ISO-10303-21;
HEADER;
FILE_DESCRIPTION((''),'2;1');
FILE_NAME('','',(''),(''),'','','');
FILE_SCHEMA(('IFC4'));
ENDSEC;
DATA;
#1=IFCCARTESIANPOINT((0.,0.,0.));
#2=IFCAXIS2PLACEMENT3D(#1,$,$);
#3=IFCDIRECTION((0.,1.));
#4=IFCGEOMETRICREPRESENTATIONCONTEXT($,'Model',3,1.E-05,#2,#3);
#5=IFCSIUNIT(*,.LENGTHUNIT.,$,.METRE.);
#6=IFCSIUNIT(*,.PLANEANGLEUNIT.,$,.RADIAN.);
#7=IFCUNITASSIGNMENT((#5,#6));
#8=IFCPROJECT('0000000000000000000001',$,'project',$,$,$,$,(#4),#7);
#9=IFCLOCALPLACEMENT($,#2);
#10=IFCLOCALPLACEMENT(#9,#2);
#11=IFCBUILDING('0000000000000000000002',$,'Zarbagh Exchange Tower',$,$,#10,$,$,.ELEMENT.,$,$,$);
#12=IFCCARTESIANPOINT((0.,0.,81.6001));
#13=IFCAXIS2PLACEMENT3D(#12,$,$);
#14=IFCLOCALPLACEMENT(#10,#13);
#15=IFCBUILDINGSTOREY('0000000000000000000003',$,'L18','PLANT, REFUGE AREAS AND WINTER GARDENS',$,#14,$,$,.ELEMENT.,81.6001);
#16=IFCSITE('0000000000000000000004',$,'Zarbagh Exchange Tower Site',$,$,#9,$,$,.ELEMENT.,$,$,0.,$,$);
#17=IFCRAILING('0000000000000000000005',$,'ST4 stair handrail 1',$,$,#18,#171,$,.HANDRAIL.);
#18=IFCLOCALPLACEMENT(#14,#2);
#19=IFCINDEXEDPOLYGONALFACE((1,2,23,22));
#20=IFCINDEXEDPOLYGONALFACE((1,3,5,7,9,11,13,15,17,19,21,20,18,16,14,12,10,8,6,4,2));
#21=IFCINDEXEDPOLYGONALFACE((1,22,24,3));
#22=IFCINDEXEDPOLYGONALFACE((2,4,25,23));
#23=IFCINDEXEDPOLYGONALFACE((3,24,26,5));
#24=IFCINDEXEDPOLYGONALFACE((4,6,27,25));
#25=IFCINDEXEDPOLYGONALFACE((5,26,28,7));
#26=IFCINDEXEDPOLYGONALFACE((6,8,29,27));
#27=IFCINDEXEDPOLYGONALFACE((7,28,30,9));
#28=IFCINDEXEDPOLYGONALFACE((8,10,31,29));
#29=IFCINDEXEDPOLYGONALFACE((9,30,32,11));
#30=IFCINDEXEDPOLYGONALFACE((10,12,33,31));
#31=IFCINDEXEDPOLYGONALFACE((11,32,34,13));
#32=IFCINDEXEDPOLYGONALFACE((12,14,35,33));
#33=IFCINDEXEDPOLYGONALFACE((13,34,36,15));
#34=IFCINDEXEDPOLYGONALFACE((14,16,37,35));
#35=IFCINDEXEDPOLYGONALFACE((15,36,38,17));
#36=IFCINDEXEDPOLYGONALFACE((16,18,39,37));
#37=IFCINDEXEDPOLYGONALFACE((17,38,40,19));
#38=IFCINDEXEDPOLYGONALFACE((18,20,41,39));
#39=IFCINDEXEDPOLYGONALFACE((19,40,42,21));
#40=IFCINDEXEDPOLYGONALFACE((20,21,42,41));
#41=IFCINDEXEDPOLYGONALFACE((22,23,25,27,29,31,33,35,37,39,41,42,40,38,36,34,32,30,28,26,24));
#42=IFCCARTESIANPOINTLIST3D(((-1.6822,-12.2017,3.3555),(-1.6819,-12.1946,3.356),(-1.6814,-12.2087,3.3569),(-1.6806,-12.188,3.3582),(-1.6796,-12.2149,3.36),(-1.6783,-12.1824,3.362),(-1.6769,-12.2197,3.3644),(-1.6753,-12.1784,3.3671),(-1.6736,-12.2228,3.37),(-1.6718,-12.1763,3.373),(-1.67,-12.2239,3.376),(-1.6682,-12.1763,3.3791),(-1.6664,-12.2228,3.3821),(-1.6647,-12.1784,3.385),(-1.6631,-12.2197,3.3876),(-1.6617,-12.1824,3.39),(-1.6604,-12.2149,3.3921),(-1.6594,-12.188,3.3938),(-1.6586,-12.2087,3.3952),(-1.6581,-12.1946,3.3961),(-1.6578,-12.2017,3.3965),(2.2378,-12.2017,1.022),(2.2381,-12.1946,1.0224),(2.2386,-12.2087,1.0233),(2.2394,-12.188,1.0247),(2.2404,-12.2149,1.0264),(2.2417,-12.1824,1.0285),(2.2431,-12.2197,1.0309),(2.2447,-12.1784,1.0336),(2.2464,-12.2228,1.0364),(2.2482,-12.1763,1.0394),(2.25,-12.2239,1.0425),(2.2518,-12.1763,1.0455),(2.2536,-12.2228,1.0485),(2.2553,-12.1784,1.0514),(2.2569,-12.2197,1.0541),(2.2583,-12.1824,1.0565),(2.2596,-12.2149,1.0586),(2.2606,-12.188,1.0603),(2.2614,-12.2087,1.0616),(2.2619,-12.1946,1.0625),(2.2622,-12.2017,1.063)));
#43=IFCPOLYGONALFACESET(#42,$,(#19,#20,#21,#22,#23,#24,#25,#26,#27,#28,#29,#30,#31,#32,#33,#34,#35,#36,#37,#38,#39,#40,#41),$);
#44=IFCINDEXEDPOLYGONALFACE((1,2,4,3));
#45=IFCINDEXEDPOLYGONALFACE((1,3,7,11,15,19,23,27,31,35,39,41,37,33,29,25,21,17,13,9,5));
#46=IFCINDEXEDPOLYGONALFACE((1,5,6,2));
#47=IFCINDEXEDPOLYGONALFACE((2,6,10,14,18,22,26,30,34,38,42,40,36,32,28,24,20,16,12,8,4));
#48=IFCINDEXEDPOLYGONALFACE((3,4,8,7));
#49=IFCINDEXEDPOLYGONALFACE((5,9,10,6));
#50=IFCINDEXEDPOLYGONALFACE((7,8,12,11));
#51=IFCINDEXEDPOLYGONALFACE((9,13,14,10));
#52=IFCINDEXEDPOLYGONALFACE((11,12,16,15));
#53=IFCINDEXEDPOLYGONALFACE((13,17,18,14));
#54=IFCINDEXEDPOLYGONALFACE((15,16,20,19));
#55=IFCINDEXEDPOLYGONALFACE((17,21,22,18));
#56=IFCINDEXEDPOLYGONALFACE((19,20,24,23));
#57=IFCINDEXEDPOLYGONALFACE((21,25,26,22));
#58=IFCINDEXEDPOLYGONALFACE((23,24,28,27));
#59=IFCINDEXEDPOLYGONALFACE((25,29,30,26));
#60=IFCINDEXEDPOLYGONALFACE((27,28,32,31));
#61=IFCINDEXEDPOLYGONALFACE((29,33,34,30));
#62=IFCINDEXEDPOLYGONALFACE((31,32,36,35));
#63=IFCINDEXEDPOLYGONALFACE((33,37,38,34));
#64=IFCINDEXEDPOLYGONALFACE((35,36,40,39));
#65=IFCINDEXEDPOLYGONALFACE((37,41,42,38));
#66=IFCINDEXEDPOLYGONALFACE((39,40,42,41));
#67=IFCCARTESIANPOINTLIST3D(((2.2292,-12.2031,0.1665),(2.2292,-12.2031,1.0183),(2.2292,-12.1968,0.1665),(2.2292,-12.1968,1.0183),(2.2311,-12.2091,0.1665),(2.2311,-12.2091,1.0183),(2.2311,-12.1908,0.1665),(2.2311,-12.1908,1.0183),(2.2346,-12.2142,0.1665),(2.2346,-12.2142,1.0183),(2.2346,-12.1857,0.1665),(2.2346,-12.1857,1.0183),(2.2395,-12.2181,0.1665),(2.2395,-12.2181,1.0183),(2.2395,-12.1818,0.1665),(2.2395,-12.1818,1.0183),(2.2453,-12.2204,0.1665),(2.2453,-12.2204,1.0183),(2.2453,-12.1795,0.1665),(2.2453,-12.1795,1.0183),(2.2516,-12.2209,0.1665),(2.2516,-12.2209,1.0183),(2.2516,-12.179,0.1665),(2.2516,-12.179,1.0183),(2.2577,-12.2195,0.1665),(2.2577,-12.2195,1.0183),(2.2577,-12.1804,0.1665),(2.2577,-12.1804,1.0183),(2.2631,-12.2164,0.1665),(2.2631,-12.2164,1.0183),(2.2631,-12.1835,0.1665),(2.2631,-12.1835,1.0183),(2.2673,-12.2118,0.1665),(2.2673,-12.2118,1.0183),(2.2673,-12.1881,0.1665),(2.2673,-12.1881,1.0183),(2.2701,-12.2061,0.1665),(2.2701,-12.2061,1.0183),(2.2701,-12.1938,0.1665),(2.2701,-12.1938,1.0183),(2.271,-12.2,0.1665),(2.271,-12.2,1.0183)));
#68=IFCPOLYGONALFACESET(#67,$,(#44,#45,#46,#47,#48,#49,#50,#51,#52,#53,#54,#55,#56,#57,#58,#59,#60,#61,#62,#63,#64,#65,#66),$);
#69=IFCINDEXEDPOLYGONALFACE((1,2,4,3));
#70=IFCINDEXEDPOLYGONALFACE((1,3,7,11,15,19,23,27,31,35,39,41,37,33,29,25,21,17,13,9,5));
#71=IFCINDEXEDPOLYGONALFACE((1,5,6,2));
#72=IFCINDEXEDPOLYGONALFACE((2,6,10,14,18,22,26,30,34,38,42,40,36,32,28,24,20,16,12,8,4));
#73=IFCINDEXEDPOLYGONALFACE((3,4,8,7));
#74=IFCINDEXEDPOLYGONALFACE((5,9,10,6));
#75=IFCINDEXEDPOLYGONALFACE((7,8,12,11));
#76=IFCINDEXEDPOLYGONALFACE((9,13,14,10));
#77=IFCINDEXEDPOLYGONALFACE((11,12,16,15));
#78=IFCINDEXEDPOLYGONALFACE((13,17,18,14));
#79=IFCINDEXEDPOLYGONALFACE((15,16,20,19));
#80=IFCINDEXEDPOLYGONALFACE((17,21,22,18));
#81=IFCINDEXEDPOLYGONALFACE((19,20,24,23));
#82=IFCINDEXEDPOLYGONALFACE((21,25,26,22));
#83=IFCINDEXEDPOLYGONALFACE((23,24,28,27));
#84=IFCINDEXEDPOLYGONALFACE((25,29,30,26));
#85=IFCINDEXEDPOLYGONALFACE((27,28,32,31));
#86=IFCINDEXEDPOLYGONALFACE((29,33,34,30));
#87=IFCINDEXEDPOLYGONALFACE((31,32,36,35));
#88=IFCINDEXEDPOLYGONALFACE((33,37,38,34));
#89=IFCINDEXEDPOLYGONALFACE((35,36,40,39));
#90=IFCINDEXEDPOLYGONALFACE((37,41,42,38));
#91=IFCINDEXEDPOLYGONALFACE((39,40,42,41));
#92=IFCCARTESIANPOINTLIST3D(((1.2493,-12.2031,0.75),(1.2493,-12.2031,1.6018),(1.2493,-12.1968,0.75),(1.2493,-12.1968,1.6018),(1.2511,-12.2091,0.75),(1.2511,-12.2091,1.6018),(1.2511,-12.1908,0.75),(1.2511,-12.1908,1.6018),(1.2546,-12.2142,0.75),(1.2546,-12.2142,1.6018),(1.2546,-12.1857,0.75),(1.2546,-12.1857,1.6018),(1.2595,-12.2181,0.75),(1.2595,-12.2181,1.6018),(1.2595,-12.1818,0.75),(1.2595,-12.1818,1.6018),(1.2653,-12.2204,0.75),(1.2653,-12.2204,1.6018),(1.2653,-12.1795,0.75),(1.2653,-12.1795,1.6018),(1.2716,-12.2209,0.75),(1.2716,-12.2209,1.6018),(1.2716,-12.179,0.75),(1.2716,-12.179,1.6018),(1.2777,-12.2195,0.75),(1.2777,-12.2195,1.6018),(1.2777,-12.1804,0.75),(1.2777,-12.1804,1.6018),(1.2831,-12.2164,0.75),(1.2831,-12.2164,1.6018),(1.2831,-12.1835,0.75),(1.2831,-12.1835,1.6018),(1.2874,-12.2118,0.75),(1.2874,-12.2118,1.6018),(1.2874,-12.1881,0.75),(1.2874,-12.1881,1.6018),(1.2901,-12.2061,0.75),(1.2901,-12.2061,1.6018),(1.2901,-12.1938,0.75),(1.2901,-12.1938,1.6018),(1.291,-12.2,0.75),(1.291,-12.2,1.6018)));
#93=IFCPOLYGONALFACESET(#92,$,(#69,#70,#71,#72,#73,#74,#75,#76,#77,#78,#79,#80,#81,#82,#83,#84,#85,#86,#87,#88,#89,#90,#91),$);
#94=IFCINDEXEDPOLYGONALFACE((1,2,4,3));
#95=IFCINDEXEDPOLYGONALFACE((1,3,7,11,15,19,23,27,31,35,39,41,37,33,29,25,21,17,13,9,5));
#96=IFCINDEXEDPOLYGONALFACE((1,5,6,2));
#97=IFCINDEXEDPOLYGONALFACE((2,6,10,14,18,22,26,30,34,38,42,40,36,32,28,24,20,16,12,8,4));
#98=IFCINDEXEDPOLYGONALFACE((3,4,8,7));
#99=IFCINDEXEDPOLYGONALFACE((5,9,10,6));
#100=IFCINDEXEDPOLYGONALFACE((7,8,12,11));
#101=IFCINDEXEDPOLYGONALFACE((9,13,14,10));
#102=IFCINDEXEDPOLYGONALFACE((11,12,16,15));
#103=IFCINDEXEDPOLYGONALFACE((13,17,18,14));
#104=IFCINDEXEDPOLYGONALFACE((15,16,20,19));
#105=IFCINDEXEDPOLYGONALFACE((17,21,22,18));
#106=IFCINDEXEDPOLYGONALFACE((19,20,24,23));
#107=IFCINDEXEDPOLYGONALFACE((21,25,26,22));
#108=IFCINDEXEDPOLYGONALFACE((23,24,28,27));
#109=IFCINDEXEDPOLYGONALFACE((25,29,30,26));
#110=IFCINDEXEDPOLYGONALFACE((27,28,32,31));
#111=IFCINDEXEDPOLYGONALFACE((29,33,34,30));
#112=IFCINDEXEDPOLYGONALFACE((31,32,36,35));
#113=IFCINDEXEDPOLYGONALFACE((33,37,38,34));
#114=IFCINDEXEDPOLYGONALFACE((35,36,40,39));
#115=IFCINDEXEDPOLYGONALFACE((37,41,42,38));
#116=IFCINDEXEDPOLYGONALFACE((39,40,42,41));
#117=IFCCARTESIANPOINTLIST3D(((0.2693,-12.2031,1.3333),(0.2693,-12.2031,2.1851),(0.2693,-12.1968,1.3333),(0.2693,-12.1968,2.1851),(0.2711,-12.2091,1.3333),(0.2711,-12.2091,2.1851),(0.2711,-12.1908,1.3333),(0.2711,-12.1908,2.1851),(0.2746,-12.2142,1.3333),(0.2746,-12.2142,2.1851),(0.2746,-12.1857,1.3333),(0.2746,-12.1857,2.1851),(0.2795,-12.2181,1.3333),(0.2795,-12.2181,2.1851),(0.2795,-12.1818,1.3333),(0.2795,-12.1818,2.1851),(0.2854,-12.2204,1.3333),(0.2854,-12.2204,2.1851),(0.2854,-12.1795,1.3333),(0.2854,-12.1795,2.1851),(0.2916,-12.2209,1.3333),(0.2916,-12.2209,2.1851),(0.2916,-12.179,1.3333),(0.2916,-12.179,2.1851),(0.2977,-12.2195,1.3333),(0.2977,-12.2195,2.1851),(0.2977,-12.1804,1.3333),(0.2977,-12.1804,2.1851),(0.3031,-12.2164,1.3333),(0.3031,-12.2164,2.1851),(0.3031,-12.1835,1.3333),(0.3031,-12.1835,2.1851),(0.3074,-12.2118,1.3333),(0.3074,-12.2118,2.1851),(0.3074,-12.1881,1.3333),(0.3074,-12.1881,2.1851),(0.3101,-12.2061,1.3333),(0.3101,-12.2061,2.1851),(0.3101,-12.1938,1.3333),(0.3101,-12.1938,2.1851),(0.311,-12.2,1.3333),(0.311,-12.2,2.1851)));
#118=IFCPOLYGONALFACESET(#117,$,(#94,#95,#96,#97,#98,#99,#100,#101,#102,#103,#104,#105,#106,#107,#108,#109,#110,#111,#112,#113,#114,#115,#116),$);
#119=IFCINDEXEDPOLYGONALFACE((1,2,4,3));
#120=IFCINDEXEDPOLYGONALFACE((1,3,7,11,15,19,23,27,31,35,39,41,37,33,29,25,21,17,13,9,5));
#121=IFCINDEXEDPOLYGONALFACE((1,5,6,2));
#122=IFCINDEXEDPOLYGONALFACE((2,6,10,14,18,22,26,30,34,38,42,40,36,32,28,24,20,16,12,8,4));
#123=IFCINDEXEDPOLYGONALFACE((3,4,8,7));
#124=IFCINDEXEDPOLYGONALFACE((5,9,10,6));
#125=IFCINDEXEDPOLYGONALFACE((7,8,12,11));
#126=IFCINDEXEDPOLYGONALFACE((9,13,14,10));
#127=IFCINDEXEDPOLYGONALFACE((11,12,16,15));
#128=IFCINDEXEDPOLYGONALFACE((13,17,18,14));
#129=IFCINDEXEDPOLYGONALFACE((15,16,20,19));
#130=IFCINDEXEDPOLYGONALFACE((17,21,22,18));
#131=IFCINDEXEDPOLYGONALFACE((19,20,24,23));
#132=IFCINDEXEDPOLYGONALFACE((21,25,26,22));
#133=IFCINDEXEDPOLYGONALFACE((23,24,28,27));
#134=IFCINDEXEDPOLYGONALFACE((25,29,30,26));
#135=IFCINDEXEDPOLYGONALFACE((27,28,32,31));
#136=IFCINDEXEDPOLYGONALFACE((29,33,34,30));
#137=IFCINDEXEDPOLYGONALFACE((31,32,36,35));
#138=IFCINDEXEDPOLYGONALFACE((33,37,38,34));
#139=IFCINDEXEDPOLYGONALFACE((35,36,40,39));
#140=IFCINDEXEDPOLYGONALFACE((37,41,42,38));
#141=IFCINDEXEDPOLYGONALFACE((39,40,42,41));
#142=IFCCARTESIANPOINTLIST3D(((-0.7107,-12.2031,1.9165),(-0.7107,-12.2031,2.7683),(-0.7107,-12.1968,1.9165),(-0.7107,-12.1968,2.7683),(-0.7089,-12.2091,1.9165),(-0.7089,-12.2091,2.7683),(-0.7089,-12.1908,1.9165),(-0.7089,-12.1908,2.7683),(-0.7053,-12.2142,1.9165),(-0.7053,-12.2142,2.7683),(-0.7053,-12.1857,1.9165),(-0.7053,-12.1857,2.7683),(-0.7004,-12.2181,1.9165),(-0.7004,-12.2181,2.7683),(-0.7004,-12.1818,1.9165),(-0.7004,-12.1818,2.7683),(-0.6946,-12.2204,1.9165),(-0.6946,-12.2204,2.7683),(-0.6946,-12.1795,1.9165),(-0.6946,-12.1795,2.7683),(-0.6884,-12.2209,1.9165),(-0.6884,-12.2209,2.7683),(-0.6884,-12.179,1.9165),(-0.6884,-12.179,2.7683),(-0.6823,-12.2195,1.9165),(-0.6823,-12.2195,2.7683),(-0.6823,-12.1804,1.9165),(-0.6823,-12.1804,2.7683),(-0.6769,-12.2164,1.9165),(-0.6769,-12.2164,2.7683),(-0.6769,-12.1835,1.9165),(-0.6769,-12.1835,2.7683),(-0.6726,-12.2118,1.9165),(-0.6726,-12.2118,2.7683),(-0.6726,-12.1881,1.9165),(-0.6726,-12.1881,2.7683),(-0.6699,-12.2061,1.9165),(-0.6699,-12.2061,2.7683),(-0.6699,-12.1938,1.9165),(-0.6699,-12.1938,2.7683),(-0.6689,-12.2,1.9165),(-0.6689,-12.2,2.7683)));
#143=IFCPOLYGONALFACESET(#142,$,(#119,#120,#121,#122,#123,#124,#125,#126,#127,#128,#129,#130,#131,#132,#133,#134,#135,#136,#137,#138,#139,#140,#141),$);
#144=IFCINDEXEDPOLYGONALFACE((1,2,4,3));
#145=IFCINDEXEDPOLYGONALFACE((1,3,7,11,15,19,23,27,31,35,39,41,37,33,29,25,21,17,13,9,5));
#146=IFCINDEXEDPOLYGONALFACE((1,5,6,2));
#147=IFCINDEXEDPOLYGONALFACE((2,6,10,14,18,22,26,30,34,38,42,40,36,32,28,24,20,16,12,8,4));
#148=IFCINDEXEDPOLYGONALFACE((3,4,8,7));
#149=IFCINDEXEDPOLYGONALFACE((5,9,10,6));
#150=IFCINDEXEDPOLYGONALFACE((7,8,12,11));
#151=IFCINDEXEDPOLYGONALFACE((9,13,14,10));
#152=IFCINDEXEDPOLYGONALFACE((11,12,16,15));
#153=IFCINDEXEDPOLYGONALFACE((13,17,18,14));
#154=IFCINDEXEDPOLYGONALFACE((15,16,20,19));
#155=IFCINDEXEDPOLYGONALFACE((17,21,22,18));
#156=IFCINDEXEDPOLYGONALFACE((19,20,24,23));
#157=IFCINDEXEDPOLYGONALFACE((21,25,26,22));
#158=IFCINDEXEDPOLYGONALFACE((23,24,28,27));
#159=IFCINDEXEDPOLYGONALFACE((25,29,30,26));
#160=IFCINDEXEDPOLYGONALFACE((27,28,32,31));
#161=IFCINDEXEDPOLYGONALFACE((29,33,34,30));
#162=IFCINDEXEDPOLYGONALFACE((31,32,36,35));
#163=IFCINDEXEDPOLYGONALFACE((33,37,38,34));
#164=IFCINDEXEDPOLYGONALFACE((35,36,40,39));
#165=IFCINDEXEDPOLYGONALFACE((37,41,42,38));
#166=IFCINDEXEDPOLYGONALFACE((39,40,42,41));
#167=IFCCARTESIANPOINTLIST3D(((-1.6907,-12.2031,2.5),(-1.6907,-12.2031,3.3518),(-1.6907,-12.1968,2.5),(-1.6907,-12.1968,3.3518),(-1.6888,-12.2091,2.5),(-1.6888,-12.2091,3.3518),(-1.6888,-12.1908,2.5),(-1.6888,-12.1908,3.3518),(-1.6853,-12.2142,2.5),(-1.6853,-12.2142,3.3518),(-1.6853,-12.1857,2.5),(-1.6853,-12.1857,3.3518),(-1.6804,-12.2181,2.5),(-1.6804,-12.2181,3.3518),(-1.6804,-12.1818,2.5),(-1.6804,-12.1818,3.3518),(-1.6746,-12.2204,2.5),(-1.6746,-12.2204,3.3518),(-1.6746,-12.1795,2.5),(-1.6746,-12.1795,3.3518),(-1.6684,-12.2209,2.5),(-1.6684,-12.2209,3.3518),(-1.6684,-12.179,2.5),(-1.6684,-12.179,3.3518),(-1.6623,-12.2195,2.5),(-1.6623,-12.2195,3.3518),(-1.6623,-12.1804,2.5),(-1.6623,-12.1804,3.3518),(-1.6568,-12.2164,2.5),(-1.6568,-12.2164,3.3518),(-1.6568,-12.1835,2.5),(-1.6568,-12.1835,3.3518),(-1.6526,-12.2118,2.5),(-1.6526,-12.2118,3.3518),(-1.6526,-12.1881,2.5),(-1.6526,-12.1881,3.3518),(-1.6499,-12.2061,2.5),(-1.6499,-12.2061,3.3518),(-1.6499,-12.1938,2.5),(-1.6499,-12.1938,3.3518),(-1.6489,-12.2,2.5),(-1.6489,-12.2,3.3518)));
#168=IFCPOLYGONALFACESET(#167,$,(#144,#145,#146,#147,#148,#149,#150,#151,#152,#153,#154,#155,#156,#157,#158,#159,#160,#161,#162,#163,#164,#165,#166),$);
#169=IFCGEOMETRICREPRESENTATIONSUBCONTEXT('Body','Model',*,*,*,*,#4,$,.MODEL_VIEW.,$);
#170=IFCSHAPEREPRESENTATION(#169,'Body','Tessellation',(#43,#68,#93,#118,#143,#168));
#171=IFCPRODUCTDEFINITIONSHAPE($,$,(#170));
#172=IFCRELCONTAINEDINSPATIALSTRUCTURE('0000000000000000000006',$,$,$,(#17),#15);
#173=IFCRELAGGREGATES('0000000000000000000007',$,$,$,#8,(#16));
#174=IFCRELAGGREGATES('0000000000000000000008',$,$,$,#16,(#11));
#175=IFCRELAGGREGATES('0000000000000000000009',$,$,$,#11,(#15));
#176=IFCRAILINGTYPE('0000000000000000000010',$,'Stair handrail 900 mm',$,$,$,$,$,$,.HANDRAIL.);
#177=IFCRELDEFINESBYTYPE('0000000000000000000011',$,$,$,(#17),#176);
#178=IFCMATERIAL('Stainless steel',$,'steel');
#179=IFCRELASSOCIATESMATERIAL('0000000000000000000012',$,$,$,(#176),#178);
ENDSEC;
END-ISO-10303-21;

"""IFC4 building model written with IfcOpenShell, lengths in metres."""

from ifc_helpers import new_model, si_unit, direction, frame, origin, origin_2d, place, context, subcontext, project, spatial, circle, extrude, material, type_object, element, save


model = new_model("IFC4")

# Units and contexts
model_context = context("Model", 3, precision=1e-05, world=origin(), true_north=direction((0.0, 1.0)))
body_context = subcontext(model_context, "Body", "Model", "MODEL_VIEW")
ifc_project = project(units=[si_unit("LENGTHUNIT", "METRE"), si_unit("PLANEANGLEUNIT", "RADIAN")], contexts=[model_context])

# Site, building, storey
site_placement = place(None, origin())
site = spatial("IfcSite", under=ifc_project, at=site_placement, Name="Zarbagh Exchange Tower Site", CompositionType="ELEMENT", RefElevation=0.0)
building_placement = place(site_placement, origin())
building = spatial("IfcBuilding", under=site, at=building_placement, Name="Zarbagh Exchange Tower", CompositionType="ELEMENT")
storey_placement = place(building_placement, frame((0.0, 0.0, 81.6001)))
storey = spatial("IfcBuildingStorey", under=building, at=storey_placement, Name="L18", Description="PLANT, REFUGE AREAS AND WINTER GARDENS", CompositionType="ELEMENT", Elevation=81.6001)

# Railing
ifc_material_1 = material(Name="Stainless steel", Category="steel")
railing_type_1 = type_object("IfcRailingType", Name="Stair handrail 900 mm", PredefinedType="HANDRAIL", material=ifc_material_1)
for number, where, name in (
    (1, (2.25, -12.2, 0.1665), "ST4 stair handrail 1"),
):
    element("IfcRailing", number, at=place(storey_placement, frame(where)), inside=storey, type_object=railing_type_1, Name=name, PredefinedType="HANDRAIL", context=body_context, shape_type="SweptSolid", body=[
        extrude(circle(Radius=0.0239, at=origin_2d()), frame((0.0, 0.0, 0.876), z_axis=(-0.859273, 0.0, 0.511518), x_axis=(0.0, -1.0, 0.0)), (0.0, 0.0, 1.0), 4.562),
        extrude(circle(Radius=0.021, at=origin_2d()), origin(), (0.0, 0.0, 1.0), 0.8518),
        extrude(circle(Radius=0.021, at=origin_2d()), frame((-0.98, 0.0, 0.5835)), (0.0, 0.0, 1.0), 0.8518),
        extrude(circle(Radius=0.021, at=origin_2d()), frame((-1.96, 0.0, 1.1667)), (0.0, 0.0, 1.0), 0.8518),
        extrude(circle(Radius=0.021, at=origin_2d()), frame((-2.9399, 0.0, 1.75)), (0.0, 0.0, 1.0), 0.8518),
        extrude(circle(Radius=0.021, at=origin_2d()), frame((-3.9199, 0.0, 2.3335)), (0.0, 0.0, 1.0), 0.8518),
    ])

save(model, "model.ifc")
